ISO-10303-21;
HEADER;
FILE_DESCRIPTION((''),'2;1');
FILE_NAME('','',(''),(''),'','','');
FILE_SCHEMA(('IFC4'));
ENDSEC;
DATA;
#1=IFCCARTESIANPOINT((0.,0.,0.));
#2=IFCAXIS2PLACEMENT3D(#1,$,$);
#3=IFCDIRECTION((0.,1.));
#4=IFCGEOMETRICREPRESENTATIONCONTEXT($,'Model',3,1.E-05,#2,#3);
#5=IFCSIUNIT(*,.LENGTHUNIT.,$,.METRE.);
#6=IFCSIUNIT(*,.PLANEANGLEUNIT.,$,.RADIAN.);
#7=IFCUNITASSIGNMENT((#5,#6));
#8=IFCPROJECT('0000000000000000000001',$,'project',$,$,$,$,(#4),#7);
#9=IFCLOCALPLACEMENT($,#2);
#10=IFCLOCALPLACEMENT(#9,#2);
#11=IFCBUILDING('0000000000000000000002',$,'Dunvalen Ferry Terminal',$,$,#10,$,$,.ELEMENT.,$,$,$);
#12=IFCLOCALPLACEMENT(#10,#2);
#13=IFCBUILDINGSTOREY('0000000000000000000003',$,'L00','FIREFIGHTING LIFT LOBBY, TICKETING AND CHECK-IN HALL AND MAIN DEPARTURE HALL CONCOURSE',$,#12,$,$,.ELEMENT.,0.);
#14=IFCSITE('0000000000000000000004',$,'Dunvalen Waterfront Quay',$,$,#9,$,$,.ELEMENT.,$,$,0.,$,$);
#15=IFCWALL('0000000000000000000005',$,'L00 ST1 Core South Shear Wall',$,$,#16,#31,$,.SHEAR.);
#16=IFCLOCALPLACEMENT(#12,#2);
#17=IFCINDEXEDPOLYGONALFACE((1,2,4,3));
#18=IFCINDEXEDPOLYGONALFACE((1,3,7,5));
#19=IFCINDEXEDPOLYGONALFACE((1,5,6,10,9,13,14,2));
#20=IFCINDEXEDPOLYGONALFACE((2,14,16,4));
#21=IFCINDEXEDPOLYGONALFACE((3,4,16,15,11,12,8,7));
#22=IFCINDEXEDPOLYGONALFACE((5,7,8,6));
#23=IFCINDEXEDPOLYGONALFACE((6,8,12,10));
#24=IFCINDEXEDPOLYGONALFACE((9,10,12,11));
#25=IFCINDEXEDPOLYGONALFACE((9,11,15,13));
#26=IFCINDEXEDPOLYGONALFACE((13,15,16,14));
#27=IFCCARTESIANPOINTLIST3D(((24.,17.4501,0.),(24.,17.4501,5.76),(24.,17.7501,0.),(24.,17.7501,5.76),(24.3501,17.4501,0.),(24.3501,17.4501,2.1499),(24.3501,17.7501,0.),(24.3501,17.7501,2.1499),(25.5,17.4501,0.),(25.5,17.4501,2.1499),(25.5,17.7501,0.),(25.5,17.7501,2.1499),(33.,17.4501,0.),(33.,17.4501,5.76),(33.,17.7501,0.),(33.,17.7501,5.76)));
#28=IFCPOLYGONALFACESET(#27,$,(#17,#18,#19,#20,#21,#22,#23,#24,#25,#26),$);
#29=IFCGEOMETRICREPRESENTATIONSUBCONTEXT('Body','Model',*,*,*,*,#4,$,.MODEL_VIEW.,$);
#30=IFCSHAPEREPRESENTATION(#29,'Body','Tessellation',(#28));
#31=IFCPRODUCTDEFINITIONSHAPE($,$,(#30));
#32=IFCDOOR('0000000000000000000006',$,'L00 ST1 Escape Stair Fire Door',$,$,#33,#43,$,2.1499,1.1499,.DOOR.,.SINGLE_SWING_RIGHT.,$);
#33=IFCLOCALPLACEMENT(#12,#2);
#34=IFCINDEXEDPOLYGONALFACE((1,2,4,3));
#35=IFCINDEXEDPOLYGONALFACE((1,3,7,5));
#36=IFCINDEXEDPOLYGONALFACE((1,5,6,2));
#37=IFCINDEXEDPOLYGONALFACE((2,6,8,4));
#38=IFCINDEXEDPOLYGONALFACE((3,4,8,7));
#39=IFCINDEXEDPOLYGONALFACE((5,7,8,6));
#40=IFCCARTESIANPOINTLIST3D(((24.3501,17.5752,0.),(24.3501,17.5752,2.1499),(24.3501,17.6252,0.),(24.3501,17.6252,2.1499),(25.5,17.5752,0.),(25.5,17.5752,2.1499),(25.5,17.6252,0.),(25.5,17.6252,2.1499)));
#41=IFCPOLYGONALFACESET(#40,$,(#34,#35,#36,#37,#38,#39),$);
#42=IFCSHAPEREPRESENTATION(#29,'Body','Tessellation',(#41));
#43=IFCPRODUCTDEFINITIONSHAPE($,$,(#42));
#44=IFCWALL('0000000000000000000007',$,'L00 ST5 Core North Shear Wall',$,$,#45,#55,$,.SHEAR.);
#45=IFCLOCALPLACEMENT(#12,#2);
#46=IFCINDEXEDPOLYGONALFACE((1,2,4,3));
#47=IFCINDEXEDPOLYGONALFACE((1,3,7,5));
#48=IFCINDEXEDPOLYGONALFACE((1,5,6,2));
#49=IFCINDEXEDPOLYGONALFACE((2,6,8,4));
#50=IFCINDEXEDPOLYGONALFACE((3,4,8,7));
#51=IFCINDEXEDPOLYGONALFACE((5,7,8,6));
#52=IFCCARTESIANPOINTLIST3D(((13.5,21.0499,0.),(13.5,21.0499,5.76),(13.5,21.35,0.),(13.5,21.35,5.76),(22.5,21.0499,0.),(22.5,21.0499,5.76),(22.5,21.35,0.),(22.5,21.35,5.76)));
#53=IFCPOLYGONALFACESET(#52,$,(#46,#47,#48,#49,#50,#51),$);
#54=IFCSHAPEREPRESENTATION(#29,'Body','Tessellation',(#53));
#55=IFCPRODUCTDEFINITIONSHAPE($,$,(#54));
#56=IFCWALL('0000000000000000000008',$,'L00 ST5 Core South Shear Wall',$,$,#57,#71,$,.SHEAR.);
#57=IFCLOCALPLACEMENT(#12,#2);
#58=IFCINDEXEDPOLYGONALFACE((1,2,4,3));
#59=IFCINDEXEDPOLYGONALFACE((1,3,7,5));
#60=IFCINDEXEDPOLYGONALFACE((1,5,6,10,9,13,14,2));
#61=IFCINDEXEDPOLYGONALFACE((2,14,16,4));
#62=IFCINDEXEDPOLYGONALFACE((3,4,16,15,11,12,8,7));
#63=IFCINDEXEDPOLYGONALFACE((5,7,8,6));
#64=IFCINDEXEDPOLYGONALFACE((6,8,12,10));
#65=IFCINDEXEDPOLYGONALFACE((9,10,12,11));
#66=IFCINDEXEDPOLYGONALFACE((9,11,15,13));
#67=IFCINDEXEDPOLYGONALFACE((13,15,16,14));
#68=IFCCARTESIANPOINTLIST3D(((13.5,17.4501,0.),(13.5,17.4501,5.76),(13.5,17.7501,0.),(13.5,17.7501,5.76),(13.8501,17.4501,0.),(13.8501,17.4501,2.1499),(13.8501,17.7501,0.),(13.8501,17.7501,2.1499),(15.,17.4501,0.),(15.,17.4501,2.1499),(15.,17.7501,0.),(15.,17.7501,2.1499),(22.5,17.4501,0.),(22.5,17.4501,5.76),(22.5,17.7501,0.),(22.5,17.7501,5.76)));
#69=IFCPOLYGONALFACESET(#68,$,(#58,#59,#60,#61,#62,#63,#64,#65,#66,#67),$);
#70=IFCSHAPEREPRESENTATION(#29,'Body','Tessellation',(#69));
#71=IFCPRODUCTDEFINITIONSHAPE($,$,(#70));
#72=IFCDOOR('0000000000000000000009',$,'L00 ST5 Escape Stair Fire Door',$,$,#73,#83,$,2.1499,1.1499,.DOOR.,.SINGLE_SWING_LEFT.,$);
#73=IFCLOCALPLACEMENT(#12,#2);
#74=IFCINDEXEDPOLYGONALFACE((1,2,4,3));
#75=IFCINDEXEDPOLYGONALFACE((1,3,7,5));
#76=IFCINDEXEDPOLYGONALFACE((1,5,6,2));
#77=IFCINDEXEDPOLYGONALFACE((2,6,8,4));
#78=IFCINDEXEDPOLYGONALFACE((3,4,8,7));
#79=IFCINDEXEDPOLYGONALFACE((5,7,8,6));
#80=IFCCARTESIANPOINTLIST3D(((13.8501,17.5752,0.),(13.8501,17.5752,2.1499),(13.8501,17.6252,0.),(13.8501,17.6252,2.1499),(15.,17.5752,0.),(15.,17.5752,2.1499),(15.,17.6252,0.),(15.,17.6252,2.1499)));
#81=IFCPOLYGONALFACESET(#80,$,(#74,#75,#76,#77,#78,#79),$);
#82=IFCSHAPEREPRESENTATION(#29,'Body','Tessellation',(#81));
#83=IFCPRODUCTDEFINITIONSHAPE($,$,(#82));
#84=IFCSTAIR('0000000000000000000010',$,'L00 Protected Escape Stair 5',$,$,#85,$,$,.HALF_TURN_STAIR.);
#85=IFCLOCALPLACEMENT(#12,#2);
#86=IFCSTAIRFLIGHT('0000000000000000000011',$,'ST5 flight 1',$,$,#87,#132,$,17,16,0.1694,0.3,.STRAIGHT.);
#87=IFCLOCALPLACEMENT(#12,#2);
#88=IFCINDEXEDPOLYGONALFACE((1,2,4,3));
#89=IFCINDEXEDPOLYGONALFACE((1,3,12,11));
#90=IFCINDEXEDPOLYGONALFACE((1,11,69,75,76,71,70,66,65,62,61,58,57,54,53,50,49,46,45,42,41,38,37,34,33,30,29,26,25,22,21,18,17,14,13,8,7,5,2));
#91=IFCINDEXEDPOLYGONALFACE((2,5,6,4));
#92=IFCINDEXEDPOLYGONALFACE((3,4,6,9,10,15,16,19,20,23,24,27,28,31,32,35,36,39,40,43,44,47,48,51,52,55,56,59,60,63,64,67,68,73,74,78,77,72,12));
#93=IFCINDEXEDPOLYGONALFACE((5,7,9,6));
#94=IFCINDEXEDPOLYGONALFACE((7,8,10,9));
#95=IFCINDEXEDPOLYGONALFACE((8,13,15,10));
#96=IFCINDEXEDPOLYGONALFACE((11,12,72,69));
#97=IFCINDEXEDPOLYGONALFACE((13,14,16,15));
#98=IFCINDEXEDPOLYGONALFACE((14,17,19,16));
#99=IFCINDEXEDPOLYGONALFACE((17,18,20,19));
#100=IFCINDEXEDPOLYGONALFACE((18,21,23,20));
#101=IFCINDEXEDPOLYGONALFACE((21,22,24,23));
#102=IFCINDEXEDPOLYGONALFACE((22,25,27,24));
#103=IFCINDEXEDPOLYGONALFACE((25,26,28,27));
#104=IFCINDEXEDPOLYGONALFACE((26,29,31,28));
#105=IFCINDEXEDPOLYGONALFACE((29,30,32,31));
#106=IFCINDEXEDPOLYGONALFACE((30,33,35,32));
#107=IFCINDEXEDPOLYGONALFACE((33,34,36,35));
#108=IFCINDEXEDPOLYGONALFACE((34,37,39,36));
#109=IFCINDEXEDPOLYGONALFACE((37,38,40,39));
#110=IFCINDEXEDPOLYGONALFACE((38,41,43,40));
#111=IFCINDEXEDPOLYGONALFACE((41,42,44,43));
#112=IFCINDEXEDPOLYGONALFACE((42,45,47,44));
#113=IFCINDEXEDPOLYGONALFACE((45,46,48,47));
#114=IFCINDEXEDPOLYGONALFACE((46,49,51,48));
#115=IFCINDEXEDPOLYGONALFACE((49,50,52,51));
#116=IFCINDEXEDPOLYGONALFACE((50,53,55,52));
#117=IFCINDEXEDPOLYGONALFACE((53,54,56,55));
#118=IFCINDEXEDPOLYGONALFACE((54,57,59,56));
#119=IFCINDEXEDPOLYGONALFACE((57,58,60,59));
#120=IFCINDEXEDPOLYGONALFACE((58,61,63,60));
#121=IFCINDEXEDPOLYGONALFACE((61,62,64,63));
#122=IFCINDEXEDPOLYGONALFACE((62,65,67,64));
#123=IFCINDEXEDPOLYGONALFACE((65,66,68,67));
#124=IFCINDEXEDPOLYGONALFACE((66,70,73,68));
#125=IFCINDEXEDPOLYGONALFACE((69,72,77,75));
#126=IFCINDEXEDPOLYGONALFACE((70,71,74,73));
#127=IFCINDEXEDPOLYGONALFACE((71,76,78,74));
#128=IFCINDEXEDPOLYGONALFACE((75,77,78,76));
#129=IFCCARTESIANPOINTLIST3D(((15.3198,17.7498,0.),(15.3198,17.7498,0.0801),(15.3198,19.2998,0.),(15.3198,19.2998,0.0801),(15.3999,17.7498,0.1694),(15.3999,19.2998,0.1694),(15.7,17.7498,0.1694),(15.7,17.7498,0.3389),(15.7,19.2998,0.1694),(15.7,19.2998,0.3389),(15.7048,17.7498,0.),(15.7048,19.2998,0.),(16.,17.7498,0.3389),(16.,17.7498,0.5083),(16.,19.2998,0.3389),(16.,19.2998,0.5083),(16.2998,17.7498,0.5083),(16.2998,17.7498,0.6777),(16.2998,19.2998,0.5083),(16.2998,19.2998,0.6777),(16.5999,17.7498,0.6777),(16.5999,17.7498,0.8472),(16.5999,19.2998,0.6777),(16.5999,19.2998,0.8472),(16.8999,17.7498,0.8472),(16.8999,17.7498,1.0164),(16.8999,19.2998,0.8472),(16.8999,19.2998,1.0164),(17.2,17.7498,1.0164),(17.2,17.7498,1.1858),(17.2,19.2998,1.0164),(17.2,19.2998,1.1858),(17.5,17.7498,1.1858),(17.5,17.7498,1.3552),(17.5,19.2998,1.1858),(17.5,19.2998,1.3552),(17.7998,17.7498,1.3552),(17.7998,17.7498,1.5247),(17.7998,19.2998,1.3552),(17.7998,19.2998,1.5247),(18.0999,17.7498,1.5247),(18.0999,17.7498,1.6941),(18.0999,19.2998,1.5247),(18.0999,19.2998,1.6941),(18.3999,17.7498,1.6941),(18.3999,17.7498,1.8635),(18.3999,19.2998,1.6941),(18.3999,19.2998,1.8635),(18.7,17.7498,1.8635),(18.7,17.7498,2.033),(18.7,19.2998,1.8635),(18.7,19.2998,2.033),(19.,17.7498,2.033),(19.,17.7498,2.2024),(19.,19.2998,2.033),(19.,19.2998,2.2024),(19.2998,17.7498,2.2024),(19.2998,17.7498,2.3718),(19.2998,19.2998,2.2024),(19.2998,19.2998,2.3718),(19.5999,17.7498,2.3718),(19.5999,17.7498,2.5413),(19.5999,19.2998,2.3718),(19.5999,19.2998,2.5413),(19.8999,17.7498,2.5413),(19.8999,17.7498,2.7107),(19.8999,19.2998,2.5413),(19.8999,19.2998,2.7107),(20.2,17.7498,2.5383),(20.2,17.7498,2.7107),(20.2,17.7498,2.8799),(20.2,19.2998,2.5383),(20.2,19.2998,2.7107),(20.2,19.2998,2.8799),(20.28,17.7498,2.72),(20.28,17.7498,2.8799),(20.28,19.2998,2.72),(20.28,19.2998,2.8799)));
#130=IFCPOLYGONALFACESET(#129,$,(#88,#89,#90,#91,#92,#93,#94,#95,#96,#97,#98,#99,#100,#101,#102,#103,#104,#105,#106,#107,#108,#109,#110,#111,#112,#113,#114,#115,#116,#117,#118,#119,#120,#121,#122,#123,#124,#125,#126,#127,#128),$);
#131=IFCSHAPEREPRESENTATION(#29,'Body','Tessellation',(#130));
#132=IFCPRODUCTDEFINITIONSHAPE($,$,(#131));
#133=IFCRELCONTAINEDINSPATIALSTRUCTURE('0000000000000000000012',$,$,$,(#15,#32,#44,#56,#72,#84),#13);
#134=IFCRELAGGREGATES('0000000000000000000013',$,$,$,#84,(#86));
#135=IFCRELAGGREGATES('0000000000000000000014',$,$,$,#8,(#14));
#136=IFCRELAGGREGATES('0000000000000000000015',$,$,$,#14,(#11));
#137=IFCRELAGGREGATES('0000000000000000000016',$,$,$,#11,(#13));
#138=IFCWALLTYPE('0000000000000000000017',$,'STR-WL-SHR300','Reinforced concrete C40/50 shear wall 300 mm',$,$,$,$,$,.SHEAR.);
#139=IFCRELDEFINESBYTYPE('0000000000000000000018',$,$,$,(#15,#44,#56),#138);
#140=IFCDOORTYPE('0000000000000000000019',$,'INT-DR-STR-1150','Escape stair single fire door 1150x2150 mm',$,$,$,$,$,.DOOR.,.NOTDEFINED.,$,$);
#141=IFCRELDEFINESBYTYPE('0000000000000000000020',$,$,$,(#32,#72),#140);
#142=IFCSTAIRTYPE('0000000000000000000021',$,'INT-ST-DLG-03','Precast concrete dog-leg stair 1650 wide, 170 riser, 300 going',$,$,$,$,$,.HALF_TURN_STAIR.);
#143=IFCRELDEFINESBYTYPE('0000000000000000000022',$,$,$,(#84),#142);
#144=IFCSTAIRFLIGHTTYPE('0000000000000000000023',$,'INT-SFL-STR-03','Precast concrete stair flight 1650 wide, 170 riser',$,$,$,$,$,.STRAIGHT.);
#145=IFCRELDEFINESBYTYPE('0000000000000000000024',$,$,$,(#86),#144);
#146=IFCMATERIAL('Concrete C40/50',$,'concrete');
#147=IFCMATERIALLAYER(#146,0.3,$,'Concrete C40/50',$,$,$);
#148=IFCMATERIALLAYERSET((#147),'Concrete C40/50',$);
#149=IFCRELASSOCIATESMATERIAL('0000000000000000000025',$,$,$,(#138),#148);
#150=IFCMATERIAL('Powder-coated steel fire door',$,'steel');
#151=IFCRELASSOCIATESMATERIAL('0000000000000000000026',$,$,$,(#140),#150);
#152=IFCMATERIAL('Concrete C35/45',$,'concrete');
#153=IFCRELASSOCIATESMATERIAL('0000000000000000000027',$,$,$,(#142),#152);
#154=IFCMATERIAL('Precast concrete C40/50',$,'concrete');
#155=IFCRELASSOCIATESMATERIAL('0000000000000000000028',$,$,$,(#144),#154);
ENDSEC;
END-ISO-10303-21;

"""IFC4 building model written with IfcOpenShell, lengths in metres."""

from ifc_helpers import new_model, si_unit, direction, frame, frame_2d, origin, place, context, subcontext, project, spatial, polyline, rectangle, outline, extrude, material, layer, layer_set, type_object, element, fill, aggregate, save


model = new_model("IFC4")

# Units and contexts
model_context = context("Model", 3, precision=1e-05, world=origin(), true_north=direction((0.0, 1.0)))
body_context = subcontext(model_context, "Body", "Model", "MODEL_VIEW")
ifc_project = project(units=[si_unit("LENGTHUNIT", "METRE"), si_unit("PLANEANGLEUNIT", "RADIAN")], contexts=[model_context])

# Site, building, storey
site_placement = place(None, origin())
site = spatial("IfcSite", under=ifc_project, at=site_placement, Name="Dunvalen Waterfront Quay", CompositionType="ELEMENT", RefElevation=0.0)
building_placement = place(site_placement, origin())
building = spatial("IfcBuilding", under=site, at=building_placement, Name="Dunvalen Ferry Terminal", CompositionType="ELEMENT")
storey_placement = place(building_placement, origin())
storey = spatial("IfcBuildingStorey", under=building, at=storey_placement, Name="L00", Description="FIREFIGHTING LIFT LOBBY, TICKETING AND CHECK-IN HALL AND MAIN DEPARTURE HALL CONCOURSE", CompositionType="ELEMENT", Elevation=0.0)

# Shared definitions
ifc_material_1 = material(Name="Concrete C40/50", Category="concrete")

# Shared definitions
ifc_material_2 = material(Name="Concrete C35/45", Category="concrete")
ifc_layer_1 = layer(ifc_material_1, 0.3, Name="Concrete C40/50")
ifc_layer_set_1 = layer_set([ifc_layer_1], Name="Concrete C40/50")
wall_type_1 = type_object("IfcWallType", Name="STR-WL-SHR300", Description="Reinforced concrete C40/50 shear wall 300 mm", PredefinedType="SHEAR", material=ifc_layer_set_1)

# Wall, opening, door
wall_1_placement = place(storey_placement, frame((24.0, 17.6001, 0.0), z_axis=(0.0, 0.0, 1.0), x_axis=(1.0, 0.0, 0.0)))
wall_1 = element("IfcWall", 1, at=wall_1_placement, inside=storey, type_object=wall_type_1, Name="L00 ST1 Core South Shear Wall", PredefinedType="SHEAR", context=body_context, shape_type="SweptSolid", body=[
    extrude(rectangle(XDim=9.0, YDim=0.3, at=frame_2d((4.5, 0.0))), origin(), (0.0, 0.0, 1.0), 5.76),
])
opening_1_placement = place(wall_1_placement, frame((0.3501, 0.0, 0.0)))
opening_1 = element("IfcOpeningElement", 2, at=opening_1_placement, cuts=wall_1, PredefinedType="OPENING", context=body_context, shape_type="SweptSolid", body=[
    extrude(rectangle(XDim=1.1499, YDim=2.1499, at=frame_2d((0.575, 1.075))), frame((0.0, 0.1602, 0.0), z_axis=(0.0, -1.0, 0.0), x_axis=(1.0, 0.0, 0.0)), (0.0, 0.0, 1.0), 0.3201),
])
ifc_material_3 = material(Name="Powder-coated steel fire door", Category="steel")
door_type = type_object("IfcDoorType", Name="INT-DR-STR-1150", Description="Escape stair single fire door 1150x2150 mm", OperationType="NOTDEFINED", PredefinedType="DOOR", material=ifc_material_3)
door_1_placement = place(opening_1_placement, frame((1.1499, 0.0, 0.0), z_axis=(0.0, 0.0, 1.0), x_axis=(-1.0, 0.0, 0.0)))
door_1 = element("IfcDoor", 3, at=door_1_placement, inside=storey, type_object=door_type, Name="L00 ST1 Escape Stair Fire Door", OperationType="SINGLE_SWING_RIGHT", OverallHeight=2.1499, OverallWidth=1.1499, PredefinedType="DOOR", context=body_context, shape_type="SweptSolid", body=[
    extrude(rectangle(XDim=1.1499, YDim=2.1499, at=frame_2d((0.575, 1.075))), frame((0.0, 0.0249, 0.0), z_axis=(0.0, -1.0, 0.0), x_axis=(1.0, 0.0, 0.0)), (0.0, 0.0, 1.0), 0.05),
])
fill(opening_1, door_1)

# Wall
wall_2_placement = place(storey_placement, frame((13.5, 21.2, 0.0), z_axis=(0.0, 0.0, 1.0), x_axis=(1.0, 0.0, 0.0)))
element("IfcWall", 4, at=wall_2_placement, inside=storey, type_object=wall_type_1, Name="L00 ST5 Core North Shear Wall", PredefinedType="SHEAR", context=body_context, shape_type="SweptSolid", body=[
    extrude(rectangle(XDim=9.0, YDim=0.3, at=frame_2d((4.5, 0.0))), origin(), (0.0, 0.0, 1.0), 5.76),
])

# Wall, opening, door
wall_3_placement = place(storey_placement, frame((13.5, 17.6001, 0.0), z_axis=(0.0, 0.0, 1.0), x_axis=(1.0, 0.0, 0.0)))
wall_3 = element("IfcWall", 5, at=wall_3_placement, inside=storey, type_object=wall_type_1, Name="L00 ST5 Core South Shear Wall", PredefinedType="SHEAR", context=body_context, shape_type="SweptSolid", body=[
    extrude(rectangle(XDim=9.0, YDim=0.3, at=frame_2d((4.5, 0.0))), origin(), (0.0, 0.0, 1.0), 5.76),
])
opening_2_placement = place(wall_3_placement, frame((0.3501, 0.0, 0.0)))
opening_2 = element("IfcOpeningElement", 6, at=opening_2_placement, cuts=wall_3, PredefinedType="OPENING", context=body_context, shape_type="SweptSolid", body=[
    extrude(rectangle(XDim=1.1499, YDim=2.1499, at=frame_2d((0.575, 1.075))), frame((0.0, 0.1602, 0.0), z_axis=(0.0, -1.0, 0.0), x_axis=(1.0, 0.0, 0.0)), (0.0, 0.0, 1.0), 0.3201),
])
door_2_placement = place(opening_2_placement, frame((1.1499, 0.0, 0.0), z_axis=(0.0, 0.0, 1.0), x_axis=(-1.0, 0.0, 0.0)))
door_2 = element("IfcDoor", 7, at=door_2_placement, inside=storey, type_object=door_type, Name="L00 ST5 Escape Stair Fire Door", OperationType="SINGLE_SWING_LEFT", OverallHeight=2.1499, OverallWidth=1.1499, PredefinedType="DOOR", context=body_context, shape_type="SweptSolid", body=[
    extrude(rectangle(XDim=1.1499, YDim=2.1499, at=frame_2d((0.575, 1.075))), frame((0.0, 0.0249, 0.0), z_axis=(0.0, -1.0, 0.0), x_axis=(1.0, 0.0, 0.0)), (0.0, 0.0, 1.0), 0.05),
])
fill(opening_2, door_2)

# Stair, stair flight
stair_type = type_object("IfcStairType", Name="INT-ST-DLG-03", Description="Precast concrete dog-leg stair 1650 wide, 170 riser, 300 going", PredefinedType="HALF_TURN_STAIR", material=ifc_material_2)
stair_placement = place(storey_placement, origin())
stair = element("IfcStair", 8, at=stair_placement, inside=storey, type_object=stair_type, Name="L00 Protected Escape Stair 5", PredefinedType="HALF_TURN_STAIR")
ifc_material_4 = material(Name="Precast concrete C40/50", Category="concrete")
stair_flight_type = type_object("IfcStairFlightType", Name="INT-SFL-STR-03", Description="Precast concrete stair flight 1650 wide, 170 riser", PredefinedType="STRAIGHT", material=ifc_material_4)
stair_flight_1_placement = place(storey_placement, frame((15.3999, 18.5249, 0.0), z_axis=(0.0, 0.0, 1.0), x_axis=(1.0, 0.0, 0.0)))
stair_flight_1 = element("IfcStairFlight", 9, at=stair_flight_1_placement, type_object=stair_flight_type, Name="ST5 flight 1", NumberOfRisers=17, NumberOfTreads=16, PredefinedType="STRAIGHT", RiserHeight=0.1694, TreadLength=0.3, context=body_context, shape_type="SweptSolid", body=[
    extrude(outline(polyline([(-0.0801, 0.0), (-0.0801, 0.0801), (0.0, 0.1694), (0.3, 0.1694), (0.3, 0.3389), (0.6001, 0.3389), (0.6001, 0.5083), (0.8999, 0.5083), (0.8999, 0.6777), (1.2, 0.6777), (1.2, 0.8472), (1.5, 0.8472), (1.5, 1.0164), (1.8, 1.0164), (1.8, 1.1858), (2.1001, 1.1858), (2.1001, 1.3552), (2.3999, 1.3552), (2.3999, 1.5247), (2.7, 1.5247), (2.7, 1.6941), (3.0, 1.6941), (3.0, 1.8635), (3.3, 1.8635), (3.3, 2.033), (3.6001, 2.033), (3.6001, 2.2024), (3.8999, 2.2024), (3.8999, 2.3718), (4.2, 2.3718), (4.2, 2.5413), (4.5, 2.5413), (4.5, 2.7107), (4.8, 2.7107), (4.8, 2.8799), (4.8801, 2.8799), (4.8801, 2.72), (4.8, 2.5383), (0.3049, 0.0), (-0.0801, 0.0)])), frame((0.0, 0.7749, 0.0), z_axis=(0.0, -1.0, 0.0), x_axis=(1.0, 0.0, 0.0)), (0.0, 0.0, 1.0), 1.55),
])
aggregate(stair, [stair_flight_1])

save(model, "model.ifc")
